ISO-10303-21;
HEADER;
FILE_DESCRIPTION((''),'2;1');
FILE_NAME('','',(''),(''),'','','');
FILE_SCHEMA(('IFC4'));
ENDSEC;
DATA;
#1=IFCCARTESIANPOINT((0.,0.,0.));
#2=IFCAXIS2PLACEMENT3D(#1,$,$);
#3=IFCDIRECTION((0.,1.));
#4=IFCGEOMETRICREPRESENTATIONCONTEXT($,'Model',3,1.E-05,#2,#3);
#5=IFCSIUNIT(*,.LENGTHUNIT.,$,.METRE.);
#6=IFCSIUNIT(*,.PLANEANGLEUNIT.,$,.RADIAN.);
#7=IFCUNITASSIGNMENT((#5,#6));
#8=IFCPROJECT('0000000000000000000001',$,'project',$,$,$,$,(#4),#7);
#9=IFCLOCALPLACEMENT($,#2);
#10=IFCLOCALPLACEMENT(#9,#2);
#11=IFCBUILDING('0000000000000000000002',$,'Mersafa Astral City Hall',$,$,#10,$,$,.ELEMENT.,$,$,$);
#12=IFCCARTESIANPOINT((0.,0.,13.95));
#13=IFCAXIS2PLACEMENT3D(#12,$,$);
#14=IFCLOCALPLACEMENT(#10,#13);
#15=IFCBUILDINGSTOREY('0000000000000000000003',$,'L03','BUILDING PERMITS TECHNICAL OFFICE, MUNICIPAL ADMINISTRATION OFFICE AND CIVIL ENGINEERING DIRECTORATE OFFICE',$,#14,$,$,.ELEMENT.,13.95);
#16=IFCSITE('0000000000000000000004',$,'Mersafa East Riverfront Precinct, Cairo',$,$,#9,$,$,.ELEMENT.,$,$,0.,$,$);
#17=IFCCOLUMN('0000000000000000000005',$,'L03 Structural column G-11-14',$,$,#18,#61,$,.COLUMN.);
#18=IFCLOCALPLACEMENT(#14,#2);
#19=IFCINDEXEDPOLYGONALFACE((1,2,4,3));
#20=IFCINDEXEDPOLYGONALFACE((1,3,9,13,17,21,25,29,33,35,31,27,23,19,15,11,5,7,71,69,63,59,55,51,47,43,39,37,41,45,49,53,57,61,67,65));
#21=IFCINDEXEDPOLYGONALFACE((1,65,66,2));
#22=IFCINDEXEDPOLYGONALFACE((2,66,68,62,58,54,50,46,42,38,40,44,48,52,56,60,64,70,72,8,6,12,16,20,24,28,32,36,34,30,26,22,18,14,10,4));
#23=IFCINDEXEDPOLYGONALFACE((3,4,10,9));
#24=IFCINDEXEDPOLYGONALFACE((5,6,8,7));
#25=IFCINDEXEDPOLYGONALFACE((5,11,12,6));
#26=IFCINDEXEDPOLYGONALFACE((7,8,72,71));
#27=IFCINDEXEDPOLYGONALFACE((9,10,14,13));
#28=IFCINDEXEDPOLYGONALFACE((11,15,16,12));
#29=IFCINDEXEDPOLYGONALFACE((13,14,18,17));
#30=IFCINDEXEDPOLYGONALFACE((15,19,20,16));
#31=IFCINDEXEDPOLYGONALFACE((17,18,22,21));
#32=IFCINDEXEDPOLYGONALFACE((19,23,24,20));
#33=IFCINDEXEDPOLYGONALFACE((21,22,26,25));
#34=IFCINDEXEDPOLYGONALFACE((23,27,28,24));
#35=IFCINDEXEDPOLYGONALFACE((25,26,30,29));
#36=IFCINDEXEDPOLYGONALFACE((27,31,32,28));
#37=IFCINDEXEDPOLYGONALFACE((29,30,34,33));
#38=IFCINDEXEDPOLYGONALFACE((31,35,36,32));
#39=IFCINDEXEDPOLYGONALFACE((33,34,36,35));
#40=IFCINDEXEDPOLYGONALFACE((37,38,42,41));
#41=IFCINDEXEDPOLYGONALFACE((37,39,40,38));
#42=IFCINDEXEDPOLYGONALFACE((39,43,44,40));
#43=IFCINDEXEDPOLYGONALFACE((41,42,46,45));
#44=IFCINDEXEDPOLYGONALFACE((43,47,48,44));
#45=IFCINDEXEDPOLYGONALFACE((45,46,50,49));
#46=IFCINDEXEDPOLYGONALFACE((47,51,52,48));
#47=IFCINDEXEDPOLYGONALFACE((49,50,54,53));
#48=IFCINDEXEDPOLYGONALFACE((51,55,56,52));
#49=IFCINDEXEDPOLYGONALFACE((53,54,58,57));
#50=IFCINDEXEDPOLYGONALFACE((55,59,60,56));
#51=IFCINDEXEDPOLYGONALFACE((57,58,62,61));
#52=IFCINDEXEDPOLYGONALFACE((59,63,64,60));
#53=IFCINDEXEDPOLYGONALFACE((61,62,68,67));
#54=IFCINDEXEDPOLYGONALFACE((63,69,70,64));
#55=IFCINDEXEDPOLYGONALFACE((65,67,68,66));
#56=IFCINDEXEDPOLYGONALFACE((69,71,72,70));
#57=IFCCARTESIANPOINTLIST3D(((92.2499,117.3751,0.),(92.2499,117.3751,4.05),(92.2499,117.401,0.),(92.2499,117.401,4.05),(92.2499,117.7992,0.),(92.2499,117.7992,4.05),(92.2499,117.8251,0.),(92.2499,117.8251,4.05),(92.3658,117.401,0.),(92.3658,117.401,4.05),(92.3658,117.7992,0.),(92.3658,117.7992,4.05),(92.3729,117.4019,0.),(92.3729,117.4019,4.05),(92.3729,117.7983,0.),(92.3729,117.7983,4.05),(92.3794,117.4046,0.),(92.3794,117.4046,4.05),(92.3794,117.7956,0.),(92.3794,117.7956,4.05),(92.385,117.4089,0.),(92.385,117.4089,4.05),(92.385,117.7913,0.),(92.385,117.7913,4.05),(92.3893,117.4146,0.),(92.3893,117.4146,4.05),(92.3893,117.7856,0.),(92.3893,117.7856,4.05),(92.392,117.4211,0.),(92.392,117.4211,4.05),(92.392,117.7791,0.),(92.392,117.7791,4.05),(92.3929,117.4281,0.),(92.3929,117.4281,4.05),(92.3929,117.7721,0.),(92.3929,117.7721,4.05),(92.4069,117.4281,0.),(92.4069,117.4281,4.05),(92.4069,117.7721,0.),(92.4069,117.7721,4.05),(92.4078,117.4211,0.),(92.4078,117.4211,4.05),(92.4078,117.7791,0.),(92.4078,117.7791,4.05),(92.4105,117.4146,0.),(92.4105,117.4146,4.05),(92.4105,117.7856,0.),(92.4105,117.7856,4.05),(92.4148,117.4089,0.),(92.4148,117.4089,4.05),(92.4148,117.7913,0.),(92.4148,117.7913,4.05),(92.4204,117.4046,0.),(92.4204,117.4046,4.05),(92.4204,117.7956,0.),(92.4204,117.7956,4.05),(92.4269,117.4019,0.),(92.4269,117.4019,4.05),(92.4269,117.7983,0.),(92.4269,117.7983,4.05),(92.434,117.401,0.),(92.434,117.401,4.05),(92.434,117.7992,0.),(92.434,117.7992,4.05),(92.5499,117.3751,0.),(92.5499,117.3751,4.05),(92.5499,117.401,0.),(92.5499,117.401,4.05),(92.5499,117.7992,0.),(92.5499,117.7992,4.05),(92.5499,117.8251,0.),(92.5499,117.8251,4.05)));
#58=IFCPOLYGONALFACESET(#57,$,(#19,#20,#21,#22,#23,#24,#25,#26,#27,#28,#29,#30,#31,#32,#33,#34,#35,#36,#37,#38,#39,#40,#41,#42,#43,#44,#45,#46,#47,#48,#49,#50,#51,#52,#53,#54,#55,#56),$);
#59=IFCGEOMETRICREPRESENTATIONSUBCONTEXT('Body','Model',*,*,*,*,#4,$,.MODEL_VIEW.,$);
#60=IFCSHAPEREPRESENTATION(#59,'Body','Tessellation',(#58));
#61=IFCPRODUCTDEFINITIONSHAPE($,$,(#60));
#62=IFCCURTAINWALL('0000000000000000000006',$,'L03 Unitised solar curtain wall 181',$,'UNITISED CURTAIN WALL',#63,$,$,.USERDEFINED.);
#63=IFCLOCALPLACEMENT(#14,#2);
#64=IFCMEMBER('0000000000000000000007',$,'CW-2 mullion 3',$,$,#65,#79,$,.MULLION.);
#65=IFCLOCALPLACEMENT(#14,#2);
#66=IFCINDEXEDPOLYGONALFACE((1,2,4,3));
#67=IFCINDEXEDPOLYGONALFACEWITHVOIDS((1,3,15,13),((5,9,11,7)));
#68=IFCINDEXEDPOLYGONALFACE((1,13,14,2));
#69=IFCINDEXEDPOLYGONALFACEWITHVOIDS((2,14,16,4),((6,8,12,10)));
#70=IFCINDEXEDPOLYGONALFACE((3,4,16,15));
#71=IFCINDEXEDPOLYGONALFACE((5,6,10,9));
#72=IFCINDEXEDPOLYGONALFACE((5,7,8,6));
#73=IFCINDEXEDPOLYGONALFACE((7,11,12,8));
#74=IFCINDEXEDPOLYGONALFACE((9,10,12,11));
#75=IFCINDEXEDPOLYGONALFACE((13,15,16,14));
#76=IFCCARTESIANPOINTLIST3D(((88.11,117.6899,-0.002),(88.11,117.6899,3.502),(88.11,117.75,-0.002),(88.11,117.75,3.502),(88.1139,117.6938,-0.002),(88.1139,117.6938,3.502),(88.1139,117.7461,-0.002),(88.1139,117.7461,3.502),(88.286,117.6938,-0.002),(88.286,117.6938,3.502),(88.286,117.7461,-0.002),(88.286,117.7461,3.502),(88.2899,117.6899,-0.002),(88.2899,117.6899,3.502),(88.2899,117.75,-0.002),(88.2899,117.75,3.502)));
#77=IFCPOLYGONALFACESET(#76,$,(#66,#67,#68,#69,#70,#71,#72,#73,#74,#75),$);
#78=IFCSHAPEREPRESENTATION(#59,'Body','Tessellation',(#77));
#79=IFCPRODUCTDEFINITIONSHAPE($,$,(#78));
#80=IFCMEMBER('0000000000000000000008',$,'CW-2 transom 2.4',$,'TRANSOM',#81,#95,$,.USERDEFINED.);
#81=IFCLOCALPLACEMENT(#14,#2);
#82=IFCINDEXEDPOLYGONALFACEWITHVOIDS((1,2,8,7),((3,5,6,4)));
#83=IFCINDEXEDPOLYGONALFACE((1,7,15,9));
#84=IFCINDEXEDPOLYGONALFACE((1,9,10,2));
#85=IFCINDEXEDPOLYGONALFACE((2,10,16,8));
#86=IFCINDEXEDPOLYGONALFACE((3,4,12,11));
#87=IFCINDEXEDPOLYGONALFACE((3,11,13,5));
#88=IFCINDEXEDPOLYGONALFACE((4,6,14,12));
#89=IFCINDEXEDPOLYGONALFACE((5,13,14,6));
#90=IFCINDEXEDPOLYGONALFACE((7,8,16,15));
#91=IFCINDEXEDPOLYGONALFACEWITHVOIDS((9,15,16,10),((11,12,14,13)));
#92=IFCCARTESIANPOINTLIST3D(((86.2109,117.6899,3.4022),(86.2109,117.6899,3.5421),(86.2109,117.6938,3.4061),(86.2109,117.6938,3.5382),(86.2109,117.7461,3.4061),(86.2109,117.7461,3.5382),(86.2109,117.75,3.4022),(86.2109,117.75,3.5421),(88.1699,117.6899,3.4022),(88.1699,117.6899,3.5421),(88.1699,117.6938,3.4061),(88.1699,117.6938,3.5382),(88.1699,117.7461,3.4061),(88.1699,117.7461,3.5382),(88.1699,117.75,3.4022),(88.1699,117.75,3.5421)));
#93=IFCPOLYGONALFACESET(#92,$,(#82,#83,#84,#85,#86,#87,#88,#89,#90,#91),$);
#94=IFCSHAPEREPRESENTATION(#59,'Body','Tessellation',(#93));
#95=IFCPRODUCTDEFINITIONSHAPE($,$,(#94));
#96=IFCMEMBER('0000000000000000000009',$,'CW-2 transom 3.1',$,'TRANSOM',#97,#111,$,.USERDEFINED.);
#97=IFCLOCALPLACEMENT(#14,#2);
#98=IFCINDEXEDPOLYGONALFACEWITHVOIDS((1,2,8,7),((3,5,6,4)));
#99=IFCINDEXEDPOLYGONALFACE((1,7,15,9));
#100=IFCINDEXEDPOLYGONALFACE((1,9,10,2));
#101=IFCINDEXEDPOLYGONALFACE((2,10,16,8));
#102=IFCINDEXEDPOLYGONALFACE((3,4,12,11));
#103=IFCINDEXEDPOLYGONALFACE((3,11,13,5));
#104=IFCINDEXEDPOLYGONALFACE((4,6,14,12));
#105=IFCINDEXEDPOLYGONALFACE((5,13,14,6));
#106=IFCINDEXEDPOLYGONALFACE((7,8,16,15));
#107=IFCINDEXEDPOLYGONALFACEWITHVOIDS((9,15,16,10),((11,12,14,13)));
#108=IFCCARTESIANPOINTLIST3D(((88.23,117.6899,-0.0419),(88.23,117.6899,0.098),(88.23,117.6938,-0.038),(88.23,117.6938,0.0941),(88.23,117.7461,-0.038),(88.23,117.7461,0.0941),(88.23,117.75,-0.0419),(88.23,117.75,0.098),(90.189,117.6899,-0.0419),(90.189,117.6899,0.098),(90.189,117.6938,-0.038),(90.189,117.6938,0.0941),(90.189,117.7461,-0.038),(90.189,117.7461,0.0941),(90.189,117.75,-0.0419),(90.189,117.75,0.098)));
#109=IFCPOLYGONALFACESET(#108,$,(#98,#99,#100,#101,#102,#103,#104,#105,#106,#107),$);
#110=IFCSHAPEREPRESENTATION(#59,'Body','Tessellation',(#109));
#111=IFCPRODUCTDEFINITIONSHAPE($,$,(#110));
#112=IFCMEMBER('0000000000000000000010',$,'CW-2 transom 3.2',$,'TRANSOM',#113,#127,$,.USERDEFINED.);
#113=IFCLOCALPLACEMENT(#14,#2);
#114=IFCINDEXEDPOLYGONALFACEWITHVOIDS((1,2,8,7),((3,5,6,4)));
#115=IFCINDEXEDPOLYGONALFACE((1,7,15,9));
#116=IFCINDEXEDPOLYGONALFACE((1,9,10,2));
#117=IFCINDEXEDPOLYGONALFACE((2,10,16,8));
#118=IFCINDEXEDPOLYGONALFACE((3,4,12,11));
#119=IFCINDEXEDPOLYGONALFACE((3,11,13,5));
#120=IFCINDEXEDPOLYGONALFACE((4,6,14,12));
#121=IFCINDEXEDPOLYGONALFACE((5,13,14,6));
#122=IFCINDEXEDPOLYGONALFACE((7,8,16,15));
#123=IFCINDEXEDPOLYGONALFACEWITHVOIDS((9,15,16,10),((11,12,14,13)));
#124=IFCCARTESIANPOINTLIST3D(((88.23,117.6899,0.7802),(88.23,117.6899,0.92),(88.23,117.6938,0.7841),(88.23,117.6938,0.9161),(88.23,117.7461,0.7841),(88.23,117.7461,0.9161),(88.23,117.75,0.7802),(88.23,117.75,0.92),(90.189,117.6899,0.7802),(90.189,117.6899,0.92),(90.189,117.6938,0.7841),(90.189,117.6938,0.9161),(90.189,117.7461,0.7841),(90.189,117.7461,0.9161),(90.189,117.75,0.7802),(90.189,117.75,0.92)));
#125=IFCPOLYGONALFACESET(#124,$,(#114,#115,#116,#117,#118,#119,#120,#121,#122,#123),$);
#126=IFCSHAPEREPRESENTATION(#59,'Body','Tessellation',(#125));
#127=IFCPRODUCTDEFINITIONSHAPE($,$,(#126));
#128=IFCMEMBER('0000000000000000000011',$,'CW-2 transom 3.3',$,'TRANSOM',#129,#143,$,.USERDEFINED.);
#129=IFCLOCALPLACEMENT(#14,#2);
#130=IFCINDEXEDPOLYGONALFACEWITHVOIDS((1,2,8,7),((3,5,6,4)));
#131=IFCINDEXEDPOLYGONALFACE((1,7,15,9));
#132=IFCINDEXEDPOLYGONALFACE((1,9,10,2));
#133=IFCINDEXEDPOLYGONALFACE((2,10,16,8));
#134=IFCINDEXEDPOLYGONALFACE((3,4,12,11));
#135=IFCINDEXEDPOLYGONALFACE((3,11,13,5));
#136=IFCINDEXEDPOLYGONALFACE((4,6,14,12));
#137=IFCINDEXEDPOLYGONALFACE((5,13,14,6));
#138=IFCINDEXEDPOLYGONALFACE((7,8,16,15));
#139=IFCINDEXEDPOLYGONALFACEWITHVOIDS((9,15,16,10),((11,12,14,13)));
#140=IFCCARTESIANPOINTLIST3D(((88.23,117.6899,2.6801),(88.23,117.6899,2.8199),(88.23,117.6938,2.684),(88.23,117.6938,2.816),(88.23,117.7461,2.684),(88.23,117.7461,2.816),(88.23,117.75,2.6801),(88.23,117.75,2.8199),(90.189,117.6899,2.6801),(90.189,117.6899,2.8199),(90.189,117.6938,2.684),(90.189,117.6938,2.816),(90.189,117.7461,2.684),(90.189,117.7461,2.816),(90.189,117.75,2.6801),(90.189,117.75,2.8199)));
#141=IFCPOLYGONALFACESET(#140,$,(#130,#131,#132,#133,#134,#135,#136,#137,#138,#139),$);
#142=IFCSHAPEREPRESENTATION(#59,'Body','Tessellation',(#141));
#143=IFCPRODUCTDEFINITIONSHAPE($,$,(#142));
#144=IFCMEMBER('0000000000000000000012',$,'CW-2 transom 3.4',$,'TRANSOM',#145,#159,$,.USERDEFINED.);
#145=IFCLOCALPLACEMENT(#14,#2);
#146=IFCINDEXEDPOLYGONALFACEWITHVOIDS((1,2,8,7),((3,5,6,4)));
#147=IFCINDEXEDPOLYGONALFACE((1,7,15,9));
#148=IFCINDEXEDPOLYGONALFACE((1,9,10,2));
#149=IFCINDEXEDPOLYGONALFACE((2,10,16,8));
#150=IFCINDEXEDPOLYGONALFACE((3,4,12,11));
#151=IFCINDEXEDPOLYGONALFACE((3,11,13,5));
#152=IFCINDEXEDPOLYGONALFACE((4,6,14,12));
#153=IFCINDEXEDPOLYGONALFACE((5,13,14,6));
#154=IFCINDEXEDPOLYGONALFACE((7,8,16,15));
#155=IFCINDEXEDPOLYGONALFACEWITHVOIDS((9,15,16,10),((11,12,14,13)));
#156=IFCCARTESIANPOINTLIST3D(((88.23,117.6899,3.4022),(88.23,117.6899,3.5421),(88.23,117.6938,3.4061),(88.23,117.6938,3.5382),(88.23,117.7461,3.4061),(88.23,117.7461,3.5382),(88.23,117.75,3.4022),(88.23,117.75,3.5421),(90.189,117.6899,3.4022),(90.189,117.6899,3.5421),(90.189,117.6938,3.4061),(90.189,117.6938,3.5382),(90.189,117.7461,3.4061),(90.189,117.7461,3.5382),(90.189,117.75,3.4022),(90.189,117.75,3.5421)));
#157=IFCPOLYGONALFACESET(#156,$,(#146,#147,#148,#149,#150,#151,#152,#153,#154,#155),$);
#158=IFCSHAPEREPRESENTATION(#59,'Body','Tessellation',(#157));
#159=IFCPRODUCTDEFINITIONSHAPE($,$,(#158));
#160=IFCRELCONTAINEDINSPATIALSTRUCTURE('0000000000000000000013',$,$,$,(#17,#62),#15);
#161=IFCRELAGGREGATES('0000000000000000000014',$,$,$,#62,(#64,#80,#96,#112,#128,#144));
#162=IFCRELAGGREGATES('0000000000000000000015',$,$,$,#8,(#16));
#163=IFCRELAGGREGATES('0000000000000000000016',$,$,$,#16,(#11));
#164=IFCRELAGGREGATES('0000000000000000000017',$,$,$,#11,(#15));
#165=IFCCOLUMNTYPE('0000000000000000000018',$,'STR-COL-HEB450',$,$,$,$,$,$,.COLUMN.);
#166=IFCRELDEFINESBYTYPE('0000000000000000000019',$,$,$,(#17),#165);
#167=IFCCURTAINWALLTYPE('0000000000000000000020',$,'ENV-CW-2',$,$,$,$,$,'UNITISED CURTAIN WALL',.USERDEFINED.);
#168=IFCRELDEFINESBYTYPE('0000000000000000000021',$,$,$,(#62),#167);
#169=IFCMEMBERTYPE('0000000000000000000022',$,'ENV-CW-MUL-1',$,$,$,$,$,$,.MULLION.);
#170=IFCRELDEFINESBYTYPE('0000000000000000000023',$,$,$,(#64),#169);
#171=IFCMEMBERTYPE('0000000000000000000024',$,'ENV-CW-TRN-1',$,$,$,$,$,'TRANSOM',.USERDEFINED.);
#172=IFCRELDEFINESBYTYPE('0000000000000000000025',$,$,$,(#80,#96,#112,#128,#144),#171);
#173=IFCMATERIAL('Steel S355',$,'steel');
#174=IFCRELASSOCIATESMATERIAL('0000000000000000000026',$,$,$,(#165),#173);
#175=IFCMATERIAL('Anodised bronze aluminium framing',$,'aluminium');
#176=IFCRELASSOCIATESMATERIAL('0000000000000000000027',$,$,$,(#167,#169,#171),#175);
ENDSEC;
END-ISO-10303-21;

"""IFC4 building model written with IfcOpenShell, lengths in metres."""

from ifc_helpers import new_model, si_unit, direction, frame, origin, origin_2d, place, context, subcontext, project, spatial, hollow_rectangle, i_section, extrude, material, material_profile, profile_set, type_object, element, aggregate, save


model = new_model("IFC4")

# Units and contexts
model_context = context("Model", 3, precision=1e-05, world=origin(), true_north=direction((0.0, 1.0)))
body_context = subcontext(model_context, "Body", "Model", "MODEL_VIEW")
ifc_project = project(units=[si_unit("LENGTHUNIT", "METRE"), si_unit("PLANEANGLEUNIT", "RADIAN")], contexts=[model_context])

# Site, building, storey
site_placement = place(None, origin())
site = spatial("IfcSite", under=ifc_project, at=site_placement, Name="Mersafa East Riverfront Precinct, Cairo", CompositionType="ELEMENT", RefElevation=0.0)
building_placement = place(site_placement, origin())
building = spatial("IfcBuilding", under=site, at=building_placement, Name="Mersafa Astral City Hall", CompositionType="ELEMENT")
storey_placement = place(building_placement, frame((0.0, 0.0, 13.95)))
storey = spatial("IfcBuildingStorey", under=building, at=storey_placement, Name="L03", Description="BUILDING PERMITS TECHNICAL OFFICE, MUNICIPAL ADMINISTRATION OFFICE AND CIVIL ENGINEERING DIRECTORATE OFFICE", CompositionType="ELEMENT", Elevation=13.95)

# Column
ifc_material_1 = material(Name="Steel S355", Category="steel")
ifc_material_profile_1 = material_profile(ifc_material_1, i_section(OverallWidth=0.3, OverallDepth=0.45, WebThickness=0.0139, FlangeThickness=0.0259, FilletRadius=0.0271, at=origin_2d()), Name="HEB 450")
ifc_profile_set_1 = profile_set([ifc_material_profile_1], Name="Steel S355")
column_type = type_object("IfcColumnType", Name="STR-COL-HEB450", PredefinedType="COLUMN", material=ifc_profile_set_1)
column_placement = place(storey_placement, frame((92.3999, 117.6001, 0.0), z_axis=(0.0, 0.0, 1.0), x_axis=(1.0, 0.0, 0.0)))
element("IfcColumn", 1, at=column_placement, inside=storey, type_object=column_type, Name="L03 Structural column G-11-14", PredefinedType="COLUMN", context=body_context, shape_type="SweptSolid", body=[
    extrude(i_section(OverallWidth=0.3, OverallDepth=0.45, WebThickness=0.0139, FlangeThickness=0.0259, FilletRadius=0.0271, at=origin_2d()), origin(), (0.0, 0.0, 1.0), 4.05),
])

# Curtain wall, members
ifc_material_2 = material(Name="Anodised bronze aluminium framing", Category="aluminium")
curtain_wall_type = type_object("IfcCurtainWallType", Name="ENV-CW-2", ElementType="UNITISED CURTAIN WALL", PredefinedType="USERDEFINED", material=ifc_material_2)
curtain_wall_placement = place(storey_placement, origin())
curtain_wall = element("IfcCurtainWall", 2, at=curtain_wall_placement, inside=storey, type_object=curtain_wall_type, Name="L03 Unitised solar curtain wall 181", ObjectType="UNITISED CURTAIN WALL", PredefinedType="USERDEFINED")
ifc_material_profile_2 = material_profile(ifc_material_2, hollow_rectangle(XDim=0.0601, YDim=0.1799, WallThickness=0.0039, at=origin_2d()), Name="RHS 60x180x4")
ifc_profile_set_2 = profile_set([ifc_material_profile_2], Name="Anodised bronze aluminium framing")
member_type_1 = type_object("IfcMemberType", Name="ENV-CW-MUL-1", PredefinedType="MULLION", material=ifc_profile_set_2)
member_1_placement = place(storey_placement, frame((88.2, 117.72, -0.002), z_axis=(0.0, 0.0, 1.0), x_axis=(0.0, 1.0, 0.0)))
member_1 = element("IfcMember", 3, at=member_1_placement, type_object=member_type_1, Name="CW-2 mullion 3", PredefinedType="MULLION", context=body_context, shape_type="SweptSolid", body=[
    extrude(hollow_rectangle(XDim=0.0601, YDim=0.1799, WallThickness=0.0039, at=origin_2d()), origin(), (0.0, 0.0, 1.0), 3.5039),
])
ifc_material_profile_3 = material_profile(ifc_material_2, hollow_rectangle(XDim=0.0601, YDim=0.1399, WallThickness=0.0039, at=origin_2d()), Name="RHS 60x140x4")
ifc_profile_set_3 = profile_set([ifc_material_profile_3], Name="Anodised bronze aluminium framing")
member_type_2 = type_object("IfcMemberType", Name="ENV-CW-TRN-1", ElementType="TRANSOM", PredefinedType="USERDEFINED", material=ifc_profile_set_3)
member_2_placement = place(storey_placement, frame((86.2109, 117.72, 3.4722), z_axis=(1.0, 0.0, 0.0), x_axis=(0.0, 1.0, 0.0)))
member_2 = element("IfcMember", 4, at=member_2_placement, type_object=member_type_2, Name="CW-2 transom 2.4", ObjectType="TRANSOM", PredefinedType="USERDEFINED", context=body_context, shape_type="SweptSolid", body=[
    extrude(hollow_rectangle(XDim=0.0601, YDim=0.1399, WallThickness=0.0039, at=origin_2d()), origin(), (0.0, 0.0, 1.0), 1.959),
])
member_3_placement = place(storey_placement, frame((88.23, 117.72, 0.0281), z_axis=(1.0, 0.0, 0.0), x_axis=(0.0, 1.0, 0.0)))
member_3 = element("IfcMember", 5, at=member_3_placement, type_object=member_type_2, Name="CW-2 transom 3.1", ObjectType="TRANSOM", PredefinedType="USERDEFINED", context=body_context, shape_type="SweptSolid", body=[
    extrude(hollow_rectangle(XDim=0.0601, YDim=0.1399, WallThickness=0.0039, at=origin_2d()), origin(), (0.0, 0.0, 1.0), 1.959),
])
member_4_placement = place(storey_placement, frame((88.23, 117.72, 0.8501), z_axis=(1.0, 0.0, 0.0), x_axis=(0.0, 1.0, 0.0)))
member_4 = element("IfcMember", 6, at=member_4_placement, type_object=member_type_2, Name="CW-2 transom 3.2", ObjectType="TRANSOM", PredefinedType="USERDEFINED", context=body_context, shape_type="SweptSolid", body=[
    extrude(hollow_rectangle(XDim=0.0601, YDim=0.1399, WallThickness=0.0039, at=origin_2d()), origin(), (0.0, 0.0, 1.0), 1.959),
])
member_5_placement = place(storey_placement, frame((88.23, 117.72, 2.75), z_axis=(1.0, 0.0, 0.0), x_axis=(0.0, 1.0, 0.0)))
member_5 = element("IfcMember", 7, at=member_5_placement, type_object=member_type_2, Name="CW-2 transom 3.3", ObjectType="TRANSOM", PredefinedType="USERDEFINED", context=body_context, shape_type="SweptSolid", body=[
    extrude(hollow_rectangle(XDim=0.0601, YDim=0.1399, WallThickness=0.0039, at=origin_2d()), origin(), (0.0, 0.0, 1.0), 1.959),
])
member_6_placement = place(storey_placement, frame((88.23, 117.72, 3.4722), z_axis=(1.0, 0.0, 0.0), x_axis=(0.0, 1.0, 0.0)))
member_6 = element("IfcMember", 8, at=member_6_placement, type_object=member_type_2, Name="CW-2 transom 3.4", ObjectType="TRANSOM", PredefinedType="USERDEFINED", context=body_context, shape_type="SweptSolid", body=[
    extrude(hollow_rectangle(XDim=0.0601, YDim=0.1399, WallThickness=0.0039, at=origin_2d()), origin(), (0.0, 0.0, 1.0), 1.959),
])

aggregate(curtain_wall, [member_1, member_2, member_3, member_4, member_5, member_6])

save(model, "model.ifc")
